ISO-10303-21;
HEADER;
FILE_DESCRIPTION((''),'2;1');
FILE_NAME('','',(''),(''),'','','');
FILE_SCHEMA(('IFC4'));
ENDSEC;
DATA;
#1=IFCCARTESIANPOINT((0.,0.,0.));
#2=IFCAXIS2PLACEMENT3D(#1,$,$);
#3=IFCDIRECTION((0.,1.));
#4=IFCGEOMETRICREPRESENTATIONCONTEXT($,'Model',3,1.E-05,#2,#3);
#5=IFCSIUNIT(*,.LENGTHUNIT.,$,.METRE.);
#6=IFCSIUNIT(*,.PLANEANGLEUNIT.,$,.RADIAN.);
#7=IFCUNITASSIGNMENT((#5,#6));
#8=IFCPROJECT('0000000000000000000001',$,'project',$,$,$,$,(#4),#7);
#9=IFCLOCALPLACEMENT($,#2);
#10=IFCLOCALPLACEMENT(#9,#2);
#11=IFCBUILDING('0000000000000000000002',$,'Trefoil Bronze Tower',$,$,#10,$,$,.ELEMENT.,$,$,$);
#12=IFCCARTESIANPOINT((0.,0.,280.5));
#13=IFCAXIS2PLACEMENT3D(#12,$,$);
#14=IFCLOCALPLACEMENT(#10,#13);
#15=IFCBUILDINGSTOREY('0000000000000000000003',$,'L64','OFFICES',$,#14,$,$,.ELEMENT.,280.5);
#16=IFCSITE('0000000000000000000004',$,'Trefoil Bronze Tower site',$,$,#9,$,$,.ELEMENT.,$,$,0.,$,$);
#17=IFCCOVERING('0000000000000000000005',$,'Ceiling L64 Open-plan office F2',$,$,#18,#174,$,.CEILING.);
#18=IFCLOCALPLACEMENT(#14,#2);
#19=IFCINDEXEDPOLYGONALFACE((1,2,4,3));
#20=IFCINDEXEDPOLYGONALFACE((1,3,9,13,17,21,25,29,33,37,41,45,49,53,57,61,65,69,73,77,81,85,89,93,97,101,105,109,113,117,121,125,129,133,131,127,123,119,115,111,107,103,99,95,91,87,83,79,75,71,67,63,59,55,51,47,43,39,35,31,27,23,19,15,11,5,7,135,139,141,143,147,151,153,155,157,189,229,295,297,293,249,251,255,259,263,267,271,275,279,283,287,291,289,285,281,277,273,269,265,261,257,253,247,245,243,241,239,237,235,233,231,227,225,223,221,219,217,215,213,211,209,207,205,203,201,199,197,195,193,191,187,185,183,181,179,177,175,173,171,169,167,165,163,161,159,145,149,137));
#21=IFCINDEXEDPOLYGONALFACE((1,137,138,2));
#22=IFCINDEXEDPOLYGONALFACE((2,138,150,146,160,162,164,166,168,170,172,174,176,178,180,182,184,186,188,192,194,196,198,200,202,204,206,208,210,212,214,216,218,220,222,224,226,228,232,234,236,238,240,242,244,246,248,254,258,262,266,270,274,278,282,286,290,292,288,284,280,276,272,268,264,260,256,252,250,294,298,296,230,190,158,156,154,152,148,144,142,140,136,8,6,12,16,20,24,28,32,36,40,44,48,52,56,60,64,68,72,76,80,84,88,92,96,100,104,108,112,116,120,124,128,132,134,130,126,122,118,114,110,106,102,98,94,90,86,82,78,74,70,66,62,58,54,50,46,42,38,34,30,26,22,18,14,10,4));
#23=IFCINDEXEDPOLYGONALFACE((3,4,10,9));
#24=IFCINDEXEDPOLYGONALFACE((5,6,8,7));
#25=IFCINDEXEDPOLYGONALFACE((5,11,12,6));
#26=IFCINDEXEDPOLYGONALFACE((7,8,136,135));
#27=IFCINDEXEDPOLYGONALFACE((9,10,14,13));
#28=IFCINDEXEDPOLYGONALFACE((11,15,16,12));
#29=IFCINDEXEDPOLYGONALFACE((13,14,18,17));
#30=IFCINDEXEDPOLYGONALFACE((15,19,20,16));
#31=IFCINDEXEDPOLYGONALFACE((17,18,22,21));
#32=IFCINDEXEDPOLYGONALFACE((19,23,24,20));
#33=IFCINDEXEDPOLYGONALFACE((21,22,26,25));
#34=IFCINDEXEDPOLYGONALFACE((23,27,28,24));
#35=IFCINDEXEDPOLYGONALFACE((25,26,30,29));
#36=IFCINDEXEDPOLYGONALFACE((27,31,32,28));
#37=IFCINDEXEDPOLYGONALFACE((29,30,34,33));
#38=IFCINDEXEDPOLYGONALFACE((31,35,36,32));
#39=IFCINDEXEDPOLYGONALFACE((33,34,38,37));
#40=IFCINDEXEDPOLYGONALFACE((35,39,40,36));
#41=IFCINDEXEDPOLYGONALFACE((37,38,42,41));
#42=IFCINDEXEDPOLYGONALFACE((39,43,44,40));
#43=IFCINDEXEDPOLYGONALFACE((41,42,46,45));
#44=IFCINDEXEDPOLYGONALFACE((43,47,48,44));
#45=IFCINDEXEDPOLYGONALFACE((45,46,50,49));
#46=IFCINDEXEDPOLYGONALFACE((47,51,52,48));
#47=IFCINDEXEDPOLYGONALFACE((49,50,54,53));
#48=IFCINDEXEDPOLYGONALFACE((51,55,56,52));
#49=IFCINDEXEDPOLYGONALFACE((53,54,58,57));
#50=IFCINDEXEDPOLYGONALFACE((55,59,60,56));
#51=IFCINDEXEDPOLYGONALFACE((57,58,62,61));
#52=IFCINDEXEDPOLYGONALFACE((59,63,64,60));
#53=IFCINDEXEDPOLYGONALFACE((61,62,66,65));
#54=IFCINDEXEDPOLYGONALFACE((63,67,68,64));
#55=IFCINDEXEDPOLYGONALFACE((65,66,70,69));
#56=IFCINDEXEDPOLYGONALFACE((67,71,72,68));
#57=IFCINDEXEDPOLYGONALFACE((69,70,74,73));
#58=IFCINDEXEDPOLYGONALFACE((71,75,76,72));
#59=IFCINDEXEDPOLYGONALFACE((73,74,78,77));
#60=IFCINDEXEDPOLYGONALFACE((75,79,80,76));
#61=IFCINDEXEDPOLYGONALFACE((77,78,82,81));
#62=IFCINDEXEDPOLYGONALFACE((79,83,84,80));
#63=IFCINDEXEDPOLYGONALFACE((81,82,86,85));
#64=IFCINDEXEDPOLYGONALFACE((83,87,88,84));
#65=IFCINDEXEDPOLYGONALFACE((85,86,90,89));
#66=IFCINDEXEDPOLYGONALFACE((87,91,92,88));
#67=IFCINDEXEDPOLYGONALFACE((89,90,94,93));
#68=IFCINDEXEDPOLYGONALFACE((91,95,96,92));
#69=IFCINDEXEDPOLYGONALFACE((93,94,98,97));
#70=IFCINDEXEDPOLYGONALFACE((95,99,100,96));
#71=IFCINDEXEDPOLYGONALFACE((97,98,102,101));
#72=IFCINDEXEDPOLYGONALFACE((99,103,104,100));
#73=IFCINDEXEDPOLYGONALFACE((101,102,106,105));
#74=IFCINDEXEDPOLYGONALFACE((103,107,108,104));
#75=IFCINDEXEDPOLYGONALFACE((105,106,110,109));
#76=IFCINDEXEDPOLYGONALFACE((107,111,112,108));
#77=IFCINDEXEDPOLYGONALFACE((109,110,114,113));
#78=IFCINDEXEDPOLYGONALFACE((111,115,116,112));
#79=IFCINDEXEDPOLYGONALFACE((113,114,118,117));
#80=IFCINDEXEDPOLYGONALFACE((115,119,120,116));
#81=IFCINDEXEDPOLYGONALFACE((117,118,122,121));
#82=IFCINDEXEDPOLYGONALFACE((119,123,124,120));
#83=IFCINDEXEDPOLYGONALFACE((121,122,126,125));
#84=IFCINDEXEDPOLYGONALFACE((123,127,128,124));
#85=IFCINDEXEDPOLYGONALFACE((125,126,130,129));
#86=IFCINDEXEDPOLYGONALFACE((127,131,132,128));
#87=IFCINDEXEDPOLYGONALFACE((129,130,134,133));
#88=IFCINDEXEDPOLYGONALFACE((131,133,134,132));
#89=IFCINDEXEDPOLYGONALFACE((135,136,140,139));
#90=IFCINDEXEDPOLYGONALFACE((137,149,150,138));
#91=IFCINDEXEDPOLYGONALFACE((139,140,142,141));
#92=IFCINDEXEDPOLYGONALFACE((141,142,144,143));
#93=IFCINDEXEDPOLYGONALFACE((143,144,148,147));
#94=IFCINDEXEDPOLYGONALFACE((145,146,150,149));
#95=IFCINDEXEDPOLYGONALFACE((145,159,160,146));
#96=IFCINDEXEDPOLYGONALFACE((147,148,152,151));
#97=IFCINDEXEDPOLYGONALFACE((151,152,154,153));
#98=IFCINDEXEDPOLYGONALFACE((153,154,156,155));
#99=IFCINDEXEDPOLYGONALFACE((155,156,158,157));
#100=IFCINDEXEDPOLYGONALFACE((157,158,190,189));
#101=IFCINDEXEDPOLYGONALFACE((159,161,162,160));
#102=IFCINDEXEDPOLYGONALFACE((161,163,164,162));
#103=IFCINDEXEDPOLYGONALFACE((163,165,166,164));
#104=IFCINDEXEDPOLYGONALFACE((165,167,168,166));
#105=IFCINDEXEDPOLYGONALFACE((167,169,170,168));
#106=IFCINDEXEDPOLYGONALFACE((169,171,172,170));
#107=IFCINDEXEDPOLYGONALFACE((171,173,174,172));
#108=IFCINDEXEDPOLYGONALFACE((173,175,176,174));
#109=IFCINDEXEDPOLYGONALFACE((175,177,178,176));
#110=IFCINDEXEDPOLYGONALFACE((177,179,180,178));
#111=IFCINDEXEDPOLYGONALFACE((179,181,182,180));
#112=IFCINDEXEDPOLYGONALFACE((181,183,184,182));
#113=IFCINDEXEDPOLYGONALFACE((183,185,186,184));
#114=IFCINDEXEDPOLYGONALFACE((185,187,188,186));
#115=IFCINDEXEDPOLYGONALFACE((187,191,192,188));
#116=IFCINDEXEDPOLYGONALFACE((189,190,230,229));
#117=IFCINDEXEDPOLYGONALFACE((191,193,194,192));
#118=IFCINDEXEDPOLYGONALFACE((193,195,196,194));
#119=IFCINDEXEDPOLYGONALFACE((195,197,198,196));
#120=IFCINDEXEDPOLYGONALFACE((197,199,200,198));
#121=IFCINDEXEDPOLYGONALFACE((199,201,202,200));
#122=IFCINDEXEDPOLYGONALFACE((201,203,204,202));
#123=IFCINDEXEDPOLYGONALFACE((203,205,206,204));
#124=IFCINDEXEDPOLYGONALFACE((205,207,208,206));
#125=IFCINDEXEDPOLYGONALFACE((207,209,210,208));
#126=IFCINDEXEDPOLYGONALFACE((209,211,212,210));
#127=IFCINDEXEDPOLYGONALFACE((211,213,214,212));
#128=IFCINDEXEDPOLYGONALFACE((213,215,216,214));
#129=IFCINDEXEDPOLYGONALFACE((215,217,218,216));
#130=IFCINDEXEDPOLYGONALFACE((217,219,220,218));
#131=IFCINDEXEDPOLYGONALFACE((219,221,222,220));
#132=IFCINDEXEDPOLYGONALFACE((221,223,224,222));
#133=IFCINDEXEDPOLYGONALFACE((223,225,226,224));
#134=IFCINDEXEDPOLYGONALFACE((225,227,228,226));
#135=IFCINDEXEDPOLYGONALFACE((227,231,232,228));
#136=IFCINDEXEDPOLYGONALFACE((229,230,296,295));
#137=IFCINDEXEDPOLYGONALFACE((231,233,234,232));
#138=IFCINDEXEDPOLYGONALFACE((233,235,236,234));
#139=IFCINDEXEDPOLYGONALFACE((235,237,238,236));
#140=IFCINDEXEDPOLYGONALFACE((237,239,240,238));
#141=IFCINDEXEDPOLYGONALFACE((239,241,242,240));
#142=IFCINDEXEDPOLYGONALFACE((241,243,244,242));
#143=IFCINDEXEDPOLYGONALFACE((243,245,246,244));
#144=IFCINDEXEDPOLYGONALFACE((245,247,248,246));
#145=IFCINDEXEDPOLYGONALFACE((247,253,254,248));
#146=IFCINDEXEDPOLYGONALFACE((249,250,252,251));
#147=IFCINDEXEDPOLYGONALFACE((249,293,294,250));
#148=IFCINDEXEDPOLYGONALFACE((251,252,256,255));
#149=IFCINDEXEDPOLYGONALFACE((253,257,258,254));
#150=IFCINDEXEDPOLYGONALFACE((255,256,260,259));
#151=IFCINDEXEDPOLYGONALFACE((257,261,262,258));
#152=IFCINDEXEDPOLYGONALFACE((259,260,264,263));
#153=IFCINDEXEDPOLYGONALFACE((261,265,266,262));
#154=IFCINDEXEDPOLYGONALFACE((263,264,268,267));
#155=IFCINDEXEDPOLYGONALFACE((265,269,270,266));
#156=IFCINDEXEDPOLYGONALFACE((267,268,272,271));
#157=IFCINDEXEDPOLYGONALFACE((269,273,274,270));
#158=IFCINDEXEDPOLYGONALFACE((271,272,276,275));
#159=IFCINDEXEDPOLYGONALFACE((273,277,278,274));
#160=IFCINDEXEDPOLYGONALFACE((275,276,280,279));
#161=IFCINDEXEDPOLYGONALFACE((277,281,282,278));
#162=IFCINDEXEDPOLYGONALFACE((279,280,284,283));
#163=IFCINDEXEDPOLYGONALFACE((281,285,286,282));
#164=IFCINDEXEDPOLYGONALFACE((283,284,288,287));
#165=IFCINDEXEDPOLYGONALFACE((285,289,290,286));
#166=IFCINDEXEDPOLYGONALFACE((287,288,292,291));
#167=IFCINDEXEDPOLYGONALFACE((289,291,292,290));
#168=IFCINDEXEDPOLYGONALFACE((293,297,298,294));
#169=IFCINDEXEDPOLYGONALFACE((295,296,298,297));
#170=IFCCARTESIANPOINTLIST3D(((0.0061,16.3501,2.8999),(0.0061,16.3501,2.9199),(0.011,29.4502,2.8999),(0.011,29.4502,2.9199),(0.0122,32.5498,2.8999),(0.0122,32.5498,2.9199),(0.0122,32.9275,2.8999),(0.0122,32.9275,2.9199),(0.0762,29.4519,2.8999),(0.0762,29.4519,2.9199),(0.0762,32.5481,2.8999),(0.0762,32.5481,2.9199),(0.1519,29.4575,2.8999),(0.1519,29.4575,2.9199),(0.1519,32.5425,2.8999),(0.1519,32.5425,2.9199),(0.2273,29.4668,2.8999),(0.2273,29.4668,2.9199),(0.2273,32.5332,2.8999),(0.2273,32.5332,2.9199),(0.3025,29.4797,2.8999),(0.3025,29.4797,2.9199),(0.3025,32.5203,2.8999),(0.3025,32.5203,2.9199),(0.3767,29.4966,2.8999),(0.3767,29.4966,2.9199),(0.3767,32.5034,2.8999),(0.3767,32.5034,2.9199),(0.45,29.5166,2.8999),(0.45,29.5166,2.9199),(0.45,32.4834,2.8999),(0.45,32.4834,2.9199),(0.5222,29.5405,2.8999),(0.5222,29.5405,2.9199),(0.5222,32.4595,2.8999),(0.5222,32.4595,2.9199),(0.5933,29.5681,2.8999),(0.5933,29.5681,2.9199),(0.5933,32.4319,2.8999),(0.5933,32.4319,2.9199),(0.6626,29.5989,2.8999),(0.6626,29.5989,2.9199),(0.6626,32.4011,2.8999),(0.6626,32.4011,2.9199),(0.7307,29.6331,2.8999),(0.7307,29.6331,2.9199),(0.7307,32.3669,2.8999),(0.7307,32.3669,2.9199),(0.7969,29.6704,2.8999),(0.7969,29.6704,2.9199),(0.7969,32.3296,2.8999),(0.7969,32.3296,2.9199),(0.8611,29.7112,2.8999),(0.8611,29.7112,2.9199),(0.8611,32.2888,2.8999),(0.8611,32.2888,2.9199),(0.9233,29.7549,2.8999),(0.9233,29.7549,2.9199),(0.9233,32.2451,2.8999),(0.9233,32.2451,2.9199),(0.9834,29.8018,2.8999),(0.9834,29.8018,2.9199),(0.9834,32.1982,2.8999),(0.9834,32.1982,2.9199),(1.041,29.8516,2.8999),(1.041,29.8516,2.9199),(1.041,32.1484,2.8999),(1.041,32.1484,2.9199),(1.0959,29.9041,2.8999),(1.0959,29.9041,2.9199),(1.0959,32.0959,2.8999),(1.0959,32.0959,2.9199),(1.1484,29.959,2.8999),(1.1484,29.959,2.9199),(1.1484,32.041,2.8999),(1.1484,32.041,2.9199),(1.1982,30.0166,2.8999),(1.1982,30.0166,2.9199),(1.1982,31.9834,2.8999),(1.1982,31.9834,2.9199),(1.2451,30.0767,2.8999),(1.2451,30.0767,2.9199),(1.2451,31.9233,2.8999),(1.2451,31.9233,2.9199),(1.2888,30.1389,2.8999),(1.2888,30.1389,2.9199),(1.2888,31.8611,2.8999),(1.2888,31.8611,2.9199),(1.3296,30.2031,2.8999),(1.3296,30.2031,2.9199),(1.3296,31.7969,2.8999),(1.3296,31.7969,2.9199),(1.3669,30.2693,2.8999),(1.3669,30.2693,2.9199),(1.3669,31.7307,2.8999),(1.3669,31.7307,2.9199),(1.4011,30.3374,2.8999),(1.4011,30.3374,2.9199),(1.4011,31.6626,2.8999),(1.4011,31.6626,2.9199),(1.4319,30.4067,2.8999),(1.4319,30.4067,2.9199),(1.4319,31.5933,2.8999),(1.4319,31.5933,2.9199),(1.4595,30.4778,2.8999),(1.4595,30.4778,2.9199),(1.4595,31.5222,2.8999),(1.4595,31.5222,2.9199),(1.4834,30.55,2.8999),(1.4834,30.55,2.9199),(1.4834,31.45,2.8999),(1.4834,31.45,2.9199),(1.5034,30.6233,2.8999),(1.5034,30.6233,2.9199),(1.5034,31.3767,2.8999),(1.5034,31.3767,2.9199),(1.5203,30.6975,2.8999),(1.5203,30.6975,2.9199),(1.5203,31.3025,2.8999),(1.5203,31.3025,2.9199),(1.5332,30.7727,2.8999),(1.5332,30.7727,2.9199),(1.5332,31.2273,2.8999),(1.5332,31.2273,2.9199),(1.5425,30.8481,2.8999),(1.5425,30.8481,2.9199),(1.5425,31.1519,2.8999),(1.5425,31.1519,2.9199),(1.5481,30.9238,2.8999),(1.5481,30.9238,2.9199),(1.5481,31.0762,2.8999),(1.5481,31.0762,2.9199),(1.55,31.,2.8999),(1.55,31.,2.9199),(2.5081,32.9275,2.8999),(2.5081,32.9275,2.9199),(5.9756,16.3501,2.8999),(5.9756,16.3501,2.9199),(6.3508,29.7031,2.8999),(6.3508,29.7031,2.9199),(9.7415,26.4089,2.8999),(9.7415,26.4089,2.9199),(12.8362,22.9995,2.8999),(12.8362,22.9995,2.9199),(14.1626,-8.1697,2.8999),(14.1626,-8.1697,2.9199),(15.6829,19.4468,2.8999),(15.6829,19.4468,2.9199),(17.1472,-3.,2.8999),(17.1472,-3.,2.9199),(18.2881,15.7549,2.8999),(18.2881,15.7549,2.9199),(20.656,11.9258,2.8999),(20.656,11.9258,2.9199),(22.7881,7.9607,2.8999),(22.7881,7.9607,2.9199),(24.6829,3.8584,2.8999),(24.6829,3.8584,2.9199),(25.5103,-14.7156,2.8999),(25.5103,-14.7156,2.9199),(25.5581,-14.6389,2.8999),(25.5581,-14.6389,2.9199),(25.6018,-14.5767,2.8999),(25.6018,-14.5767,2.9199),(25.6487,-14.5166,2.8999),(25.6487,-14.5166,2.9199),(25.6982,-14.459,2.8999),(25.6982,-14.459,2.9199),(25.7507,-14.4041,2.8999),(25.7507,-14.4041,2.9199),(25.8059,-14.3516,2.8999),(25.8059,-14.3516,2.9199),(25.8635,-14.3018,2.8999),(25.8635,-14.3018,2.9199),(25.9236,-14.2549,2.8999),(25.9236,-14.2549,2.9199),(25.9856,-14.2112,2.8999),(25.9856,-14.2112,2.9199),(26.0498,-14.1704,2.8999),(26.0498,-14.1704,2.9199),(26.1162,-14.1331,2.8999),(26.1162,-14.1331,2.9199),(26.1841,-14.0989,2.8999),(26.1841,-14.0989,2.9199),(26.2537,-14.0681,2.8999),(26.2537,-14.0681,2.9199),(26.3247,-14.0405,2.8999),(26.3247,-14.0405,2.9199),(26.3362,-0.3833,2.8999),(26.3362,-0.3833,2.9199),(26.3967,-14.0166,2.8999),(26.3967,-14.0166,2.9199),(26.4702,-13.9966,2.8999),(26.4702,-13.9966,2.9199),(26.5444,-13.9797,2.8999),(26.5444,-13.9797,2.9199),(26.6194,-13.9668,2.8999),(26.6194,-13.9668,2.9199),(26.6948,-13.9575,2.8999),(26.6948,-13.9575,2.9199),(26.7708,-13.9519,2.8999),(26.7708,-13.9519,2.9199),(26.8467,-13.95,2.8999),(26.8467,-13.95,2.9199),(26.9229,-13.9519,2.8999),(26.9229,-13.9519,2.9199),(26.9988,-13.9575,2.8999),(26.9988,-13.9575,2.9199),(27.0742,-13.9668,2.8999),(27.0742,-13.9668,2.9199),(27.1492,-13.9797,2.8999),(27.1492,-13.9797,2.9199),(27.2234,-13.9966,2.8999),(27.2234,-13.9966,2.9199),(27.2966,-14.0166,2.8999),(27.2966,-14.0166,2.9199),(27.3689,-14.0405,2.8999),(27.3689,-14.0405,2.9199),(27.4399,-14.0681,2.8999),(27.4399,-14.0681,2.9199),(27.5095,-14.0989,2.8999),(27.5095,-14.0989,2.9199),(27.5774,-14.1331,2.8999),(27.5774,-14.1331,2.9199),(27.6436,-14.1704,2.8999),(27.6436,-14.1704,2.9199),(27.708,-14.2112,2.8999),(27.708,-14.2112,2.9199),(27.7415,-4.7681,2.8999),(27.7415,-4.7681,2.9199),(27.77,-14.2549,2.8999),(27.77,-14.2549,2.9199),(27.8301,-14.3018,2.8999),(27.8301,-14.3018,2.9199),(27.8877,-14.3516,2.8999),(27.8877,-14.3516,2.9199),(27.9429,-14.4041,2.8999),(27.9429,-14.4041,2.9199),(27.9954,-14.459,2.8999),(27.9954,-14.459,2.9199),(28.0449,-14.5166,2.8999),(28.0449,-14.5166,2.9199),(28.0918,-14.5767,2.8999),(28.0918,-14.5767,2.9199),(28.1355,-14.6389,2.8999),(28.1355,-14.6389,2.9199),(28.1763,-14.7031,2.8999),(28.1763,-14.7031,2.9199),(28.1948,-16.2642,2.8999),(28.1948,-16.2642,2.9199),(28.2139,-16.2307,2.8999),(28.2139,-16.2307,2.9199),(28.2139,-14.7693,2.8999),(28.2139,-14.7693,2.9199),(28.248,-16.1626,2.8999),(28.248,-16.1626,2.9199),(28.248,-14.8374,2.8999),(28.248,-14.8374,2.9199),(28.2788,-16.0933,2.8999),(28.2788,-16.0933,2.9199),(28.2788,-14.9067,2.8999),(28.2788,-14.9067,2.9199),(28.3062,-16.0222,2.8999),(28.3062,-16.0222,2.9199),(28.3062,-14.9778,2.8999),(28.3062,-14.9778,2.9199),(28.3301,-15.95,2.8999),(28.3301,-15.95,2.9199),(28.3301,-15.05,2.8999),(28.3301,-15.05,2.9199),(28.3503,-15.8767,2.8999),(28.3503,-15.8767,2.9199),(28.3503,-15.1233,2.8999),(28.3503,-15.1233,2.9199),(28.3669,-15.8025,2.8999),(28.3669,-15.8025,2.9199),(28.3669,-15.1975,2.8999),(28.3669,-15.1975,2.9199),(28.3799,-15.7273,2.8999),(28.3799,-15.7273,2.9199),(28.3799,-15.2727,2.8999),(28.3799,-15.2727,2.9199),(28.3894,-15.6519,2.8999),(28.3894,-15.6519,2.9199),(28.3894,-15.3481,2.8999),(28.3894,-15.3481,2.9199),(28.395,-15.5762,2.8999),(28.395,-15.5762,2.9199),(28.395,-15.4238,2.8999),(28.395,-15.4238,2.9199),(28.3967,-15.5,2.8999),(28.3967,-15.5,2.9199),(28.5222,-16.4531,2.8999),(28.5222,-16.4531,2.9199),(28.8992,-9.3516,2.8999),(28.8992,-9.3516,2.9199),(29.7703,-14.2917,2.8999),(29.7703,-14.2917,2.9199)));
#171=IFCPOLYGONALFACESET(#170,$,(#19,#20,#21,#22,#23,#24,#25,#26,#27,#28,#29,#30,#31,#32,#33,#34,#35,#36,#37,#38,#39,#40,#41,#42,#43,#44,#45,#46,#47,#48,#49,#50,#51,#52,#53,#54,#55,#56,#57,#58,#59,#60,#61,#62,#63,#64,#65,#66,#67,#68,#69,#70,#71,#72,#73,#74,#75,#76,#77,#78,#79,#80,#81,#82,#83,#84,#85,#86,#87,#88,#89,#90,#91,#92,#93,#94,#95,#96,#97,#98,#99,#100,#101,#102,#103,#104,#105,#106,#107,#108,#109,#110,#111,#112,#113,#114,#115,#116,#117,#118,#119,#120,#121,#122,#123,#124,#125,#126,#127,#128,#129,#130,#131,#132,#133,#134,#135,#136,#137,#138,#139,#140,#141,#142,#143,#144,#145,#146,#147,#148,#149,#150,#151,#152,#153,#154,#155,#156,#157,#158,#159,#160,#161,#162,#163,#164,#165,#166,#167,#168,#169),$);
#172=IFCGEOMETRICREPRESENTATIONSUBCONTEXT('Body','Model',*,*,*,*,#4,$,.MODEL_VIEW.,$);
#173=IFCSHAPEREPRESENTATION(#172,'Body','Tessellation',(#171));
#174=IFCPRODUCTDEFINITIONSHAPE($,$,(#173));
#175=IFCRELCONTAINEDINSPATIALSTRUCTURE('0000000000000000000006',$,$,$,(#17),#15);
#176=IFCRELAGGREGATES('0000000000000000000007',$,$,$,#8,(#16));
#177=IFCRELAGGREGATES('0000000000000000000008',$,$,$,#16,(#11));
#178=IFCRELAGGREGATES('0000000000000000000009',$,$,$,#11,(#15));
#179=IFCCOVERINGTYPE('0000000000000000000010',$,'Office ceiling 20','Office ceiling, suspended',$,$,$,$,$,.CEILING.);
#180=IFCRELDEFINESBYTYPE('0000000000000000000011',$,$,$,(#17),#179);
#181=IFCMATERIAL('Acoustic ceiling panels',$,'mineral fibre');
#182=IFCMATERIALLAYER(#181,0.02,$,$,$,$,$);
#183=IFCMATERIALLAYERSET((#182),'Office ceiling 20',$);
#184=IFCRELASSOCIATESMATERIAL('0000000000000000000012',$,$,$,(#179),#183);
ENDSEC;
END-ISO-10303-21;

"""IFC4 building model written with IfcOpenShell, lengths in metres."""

from ifc_helpers import new_model, si_unit, direction, frame, origin, place, context, subcontext, project, spatial, polyline, outline, extrude, material, layer, layer_set, type_object, element, save


model = new_model("IFC4")

# Units and contexts
model_context = context("Model", 3, precision=1e-05, world=origin(), true_north=direction((0.0, 1.0)))
body_context = subcontext(model_context, "Body", "Model", "MODEL_VIEW")
ifc_project = project(units=[si_unit("LENGTHUNIT", "METRE"), si_unit("PLANEANGLEUNIT", "RADIAN")], contexts=[model_context])

# Site, building, storey
site_placement = place(None, origin())
site = spatial("IfcSite", under=ifc_project, at=site_placement, Name="Trefoil Bronze Tower site", CompositionType="ELEMENT", RefElevation=0.0)
building_placement = place(site_placement, origin())
building = spatial("IfcBuilding", under=site, at=building_placement, Name="Trefoil Bronze Tower", CompositionType="ELEMENT")
storey_placement = place(building_placement, frame((0.0, 0.0, 280.5)))
storey = spatial("IfcBuildingStorey", under=building, at=storey_placement, Name="L64", Description="OFFICES", CompositionType="ELEMENT", Elevation=280.5)

# Covering
ifc_material_1 = material(Name="Acoustic ceiling panels", Category="mineral fibre")
ifc_layer_1 = layer(ifc_material_1, 0.02)
ifc_layer_set_1 = layer_set([ifc_layer_1], Name="Office ceiling 20")
covering_type_1 = type_object("IfcCoveringType", Name="Office ceiling 20", Description="Office ceiling, suspended", PredefinedType="CEILING", material=ifc_layer_set_1)
covering_1_placement = place(storey_placement, frame((0.0, 0.0, 2.8999)))
element("IfcCovering", 1, at=covering_1_placement, inside=storey, type_object=covering_type_1, Name="Ceiling L64 Open-plan office F2", PredefinedType="CEILING", context=body_context, shape_type="SweptSolid", body=[
    extrude(outline(polyline([(9.7415, 26.4089), (12.8362, 22.9995), (15.6829, 19.4468), (18.2881, 15.7549), (20.656, 11.9258), (22.7881, 7.9607), (24.6829, 3.8584), (26.3362, -0.3833), (27.7415, -4.7681), (28.8992, -9.3516), (29.7703, -14.2917), (28.5222, -16.4531), (28.1948, -16.2642), (28.2139, -16.2307), (28.248, -16.1626), (28.2788, -16.0933), (28.3062, -16.0222), (28.3301, -15.95), (28.3503, -15.8767), (28.3669, -15.8025), (28.3799, -15.7273), (28.3894, -15.6519), (28.395, -15.5762), (28.3967, -15.5), (28.395, -15.4238), (28.3894, -15.3481), (28.3799, -15.2727), (28.3669, -15.1975), (28.3503, -15.1233), (28.3301, -15.05), (28.3062, -14.9778), (28.2788, -14.9067), (28.248, -14.8374), (28.2139, -14.7693), (28.1763, -14.7031), (28.1355, -14.6389), (28.0918, -14.5767), (28.0449, -14.5166), (27.9954, -14.459), (27.9429, -14.4041), (27.8877, -14.3516), (27.8301, -14.3018), (27.77, -14.2549), (27.708, -14.2112), (27.6436, -14.1704), (27.5774, -14.1331), (27.5095, -14.0989), (27.4399, -14.0681), (27.3689, -14.0405), (27.2966, -14.0166), (27.2234, -13.9966), (27.1492, -13.9797), (27.0742, -13.9668), (26.9988, -13.9575), (26.9229, -13.9519), (26.8467, -13.95), (26.7708, -13.9519), (26.6948, -13.9575), (26.6194, -13.9668), (26.5444, -13.9797), (26.4702, -13.9966), (26.3967, -14.0166), (26.3247, -14.0405), (26.2537, -14.0681), (26.1841, -14.0989), (26.1162, -14.1331), (26.0498, -14.1704), (25.9856, -14.2112), (25.9236, -14.2549), (25.8635, -14.3018), (25.8059, -14.3516), (25.7507, -14.4041), (25.6982, -14.459), (25.6487, -14.5166), (25.6018, -14.5767), (25.5581, -14.6389), (25.5103, -14.7156), (14.1626, -8.1697), (17.1472, -3.0), (5.9756, 16.3501), (0.0061, 16.3501), (0.011, 29.4502), (0.0762, 29.4519), (0.1519, 29.4575), (0.2273, 29.4668), (0.3025, 29.4797), (0.3767, 29.4966), (0.45, 29.5166), (0.5222, 29.5405), (0.5933, 29.5681), (0.6626, 29.5989), (0.7307, 29.6331), (0.7969, 29.6704), (0.8611, 29.7112), (0.9233, 29.7549), (0.9834, 29.8018), (1.041, 29.8516), (1.0959, 29.9041), (1.1484, 29.959), (1.1982, 30.0166), (1.2451, 30.0767), (1.2888, 30.1389), (1.3296, 30.2031), (1.3669, 30.2693), (1.4011, 30.3374), (1.4319, 30.4067), (1.4595, 30.4778), (1.4834, 30.55), (1.5034, 30.6233), (1.5203, 30.6975), (1.5332, 30.7727), (1.5425, 30.8481), (1.5481, 30.9238), (1.55, 31.0), (1.5481, 31.0762), (1.5425, 31.1519), (1.5332, 31.2273), (1.5203, 31.3025), (1.5034, 31.3767), (1.4834, 31.45), (1.4595, 31.5222), (1.4319, 31.5933), (1.4011, 31.6626), (1.3669, 31.7307), (1.3296, 31.7969), (1.2888, 31.8611), (1.2451, 31.9233), (1.1982, 31.9834), (1.1484, 32.041), (1.0959, 32.0959), (1.041, 32.1484), (0.9834, 32.1982), (0.9233, 32.2451), (0.8611, 32.2888), (0.7969, 32.3296), (0.7307, 32.3669), (0.6626, 32.4011), (0.5933, 32.4319), (0.5222, 32.4595), (0.45, 32.4834), (0.3767, 32.5034), (0.3025, 32.5203), (0.2273, 32.5332), (0.1519, 32.5425), (0.0762, 32.5481), (0.0122, 32.5498), (0.0122, 32.9275), (2.5081, 32.9275), (6.3508, 29.7031), (9.7415, 26.4089)])), origin(), (0.0, 0.0, 1.0), 0.02),
])

save(model, "model.ifc")
